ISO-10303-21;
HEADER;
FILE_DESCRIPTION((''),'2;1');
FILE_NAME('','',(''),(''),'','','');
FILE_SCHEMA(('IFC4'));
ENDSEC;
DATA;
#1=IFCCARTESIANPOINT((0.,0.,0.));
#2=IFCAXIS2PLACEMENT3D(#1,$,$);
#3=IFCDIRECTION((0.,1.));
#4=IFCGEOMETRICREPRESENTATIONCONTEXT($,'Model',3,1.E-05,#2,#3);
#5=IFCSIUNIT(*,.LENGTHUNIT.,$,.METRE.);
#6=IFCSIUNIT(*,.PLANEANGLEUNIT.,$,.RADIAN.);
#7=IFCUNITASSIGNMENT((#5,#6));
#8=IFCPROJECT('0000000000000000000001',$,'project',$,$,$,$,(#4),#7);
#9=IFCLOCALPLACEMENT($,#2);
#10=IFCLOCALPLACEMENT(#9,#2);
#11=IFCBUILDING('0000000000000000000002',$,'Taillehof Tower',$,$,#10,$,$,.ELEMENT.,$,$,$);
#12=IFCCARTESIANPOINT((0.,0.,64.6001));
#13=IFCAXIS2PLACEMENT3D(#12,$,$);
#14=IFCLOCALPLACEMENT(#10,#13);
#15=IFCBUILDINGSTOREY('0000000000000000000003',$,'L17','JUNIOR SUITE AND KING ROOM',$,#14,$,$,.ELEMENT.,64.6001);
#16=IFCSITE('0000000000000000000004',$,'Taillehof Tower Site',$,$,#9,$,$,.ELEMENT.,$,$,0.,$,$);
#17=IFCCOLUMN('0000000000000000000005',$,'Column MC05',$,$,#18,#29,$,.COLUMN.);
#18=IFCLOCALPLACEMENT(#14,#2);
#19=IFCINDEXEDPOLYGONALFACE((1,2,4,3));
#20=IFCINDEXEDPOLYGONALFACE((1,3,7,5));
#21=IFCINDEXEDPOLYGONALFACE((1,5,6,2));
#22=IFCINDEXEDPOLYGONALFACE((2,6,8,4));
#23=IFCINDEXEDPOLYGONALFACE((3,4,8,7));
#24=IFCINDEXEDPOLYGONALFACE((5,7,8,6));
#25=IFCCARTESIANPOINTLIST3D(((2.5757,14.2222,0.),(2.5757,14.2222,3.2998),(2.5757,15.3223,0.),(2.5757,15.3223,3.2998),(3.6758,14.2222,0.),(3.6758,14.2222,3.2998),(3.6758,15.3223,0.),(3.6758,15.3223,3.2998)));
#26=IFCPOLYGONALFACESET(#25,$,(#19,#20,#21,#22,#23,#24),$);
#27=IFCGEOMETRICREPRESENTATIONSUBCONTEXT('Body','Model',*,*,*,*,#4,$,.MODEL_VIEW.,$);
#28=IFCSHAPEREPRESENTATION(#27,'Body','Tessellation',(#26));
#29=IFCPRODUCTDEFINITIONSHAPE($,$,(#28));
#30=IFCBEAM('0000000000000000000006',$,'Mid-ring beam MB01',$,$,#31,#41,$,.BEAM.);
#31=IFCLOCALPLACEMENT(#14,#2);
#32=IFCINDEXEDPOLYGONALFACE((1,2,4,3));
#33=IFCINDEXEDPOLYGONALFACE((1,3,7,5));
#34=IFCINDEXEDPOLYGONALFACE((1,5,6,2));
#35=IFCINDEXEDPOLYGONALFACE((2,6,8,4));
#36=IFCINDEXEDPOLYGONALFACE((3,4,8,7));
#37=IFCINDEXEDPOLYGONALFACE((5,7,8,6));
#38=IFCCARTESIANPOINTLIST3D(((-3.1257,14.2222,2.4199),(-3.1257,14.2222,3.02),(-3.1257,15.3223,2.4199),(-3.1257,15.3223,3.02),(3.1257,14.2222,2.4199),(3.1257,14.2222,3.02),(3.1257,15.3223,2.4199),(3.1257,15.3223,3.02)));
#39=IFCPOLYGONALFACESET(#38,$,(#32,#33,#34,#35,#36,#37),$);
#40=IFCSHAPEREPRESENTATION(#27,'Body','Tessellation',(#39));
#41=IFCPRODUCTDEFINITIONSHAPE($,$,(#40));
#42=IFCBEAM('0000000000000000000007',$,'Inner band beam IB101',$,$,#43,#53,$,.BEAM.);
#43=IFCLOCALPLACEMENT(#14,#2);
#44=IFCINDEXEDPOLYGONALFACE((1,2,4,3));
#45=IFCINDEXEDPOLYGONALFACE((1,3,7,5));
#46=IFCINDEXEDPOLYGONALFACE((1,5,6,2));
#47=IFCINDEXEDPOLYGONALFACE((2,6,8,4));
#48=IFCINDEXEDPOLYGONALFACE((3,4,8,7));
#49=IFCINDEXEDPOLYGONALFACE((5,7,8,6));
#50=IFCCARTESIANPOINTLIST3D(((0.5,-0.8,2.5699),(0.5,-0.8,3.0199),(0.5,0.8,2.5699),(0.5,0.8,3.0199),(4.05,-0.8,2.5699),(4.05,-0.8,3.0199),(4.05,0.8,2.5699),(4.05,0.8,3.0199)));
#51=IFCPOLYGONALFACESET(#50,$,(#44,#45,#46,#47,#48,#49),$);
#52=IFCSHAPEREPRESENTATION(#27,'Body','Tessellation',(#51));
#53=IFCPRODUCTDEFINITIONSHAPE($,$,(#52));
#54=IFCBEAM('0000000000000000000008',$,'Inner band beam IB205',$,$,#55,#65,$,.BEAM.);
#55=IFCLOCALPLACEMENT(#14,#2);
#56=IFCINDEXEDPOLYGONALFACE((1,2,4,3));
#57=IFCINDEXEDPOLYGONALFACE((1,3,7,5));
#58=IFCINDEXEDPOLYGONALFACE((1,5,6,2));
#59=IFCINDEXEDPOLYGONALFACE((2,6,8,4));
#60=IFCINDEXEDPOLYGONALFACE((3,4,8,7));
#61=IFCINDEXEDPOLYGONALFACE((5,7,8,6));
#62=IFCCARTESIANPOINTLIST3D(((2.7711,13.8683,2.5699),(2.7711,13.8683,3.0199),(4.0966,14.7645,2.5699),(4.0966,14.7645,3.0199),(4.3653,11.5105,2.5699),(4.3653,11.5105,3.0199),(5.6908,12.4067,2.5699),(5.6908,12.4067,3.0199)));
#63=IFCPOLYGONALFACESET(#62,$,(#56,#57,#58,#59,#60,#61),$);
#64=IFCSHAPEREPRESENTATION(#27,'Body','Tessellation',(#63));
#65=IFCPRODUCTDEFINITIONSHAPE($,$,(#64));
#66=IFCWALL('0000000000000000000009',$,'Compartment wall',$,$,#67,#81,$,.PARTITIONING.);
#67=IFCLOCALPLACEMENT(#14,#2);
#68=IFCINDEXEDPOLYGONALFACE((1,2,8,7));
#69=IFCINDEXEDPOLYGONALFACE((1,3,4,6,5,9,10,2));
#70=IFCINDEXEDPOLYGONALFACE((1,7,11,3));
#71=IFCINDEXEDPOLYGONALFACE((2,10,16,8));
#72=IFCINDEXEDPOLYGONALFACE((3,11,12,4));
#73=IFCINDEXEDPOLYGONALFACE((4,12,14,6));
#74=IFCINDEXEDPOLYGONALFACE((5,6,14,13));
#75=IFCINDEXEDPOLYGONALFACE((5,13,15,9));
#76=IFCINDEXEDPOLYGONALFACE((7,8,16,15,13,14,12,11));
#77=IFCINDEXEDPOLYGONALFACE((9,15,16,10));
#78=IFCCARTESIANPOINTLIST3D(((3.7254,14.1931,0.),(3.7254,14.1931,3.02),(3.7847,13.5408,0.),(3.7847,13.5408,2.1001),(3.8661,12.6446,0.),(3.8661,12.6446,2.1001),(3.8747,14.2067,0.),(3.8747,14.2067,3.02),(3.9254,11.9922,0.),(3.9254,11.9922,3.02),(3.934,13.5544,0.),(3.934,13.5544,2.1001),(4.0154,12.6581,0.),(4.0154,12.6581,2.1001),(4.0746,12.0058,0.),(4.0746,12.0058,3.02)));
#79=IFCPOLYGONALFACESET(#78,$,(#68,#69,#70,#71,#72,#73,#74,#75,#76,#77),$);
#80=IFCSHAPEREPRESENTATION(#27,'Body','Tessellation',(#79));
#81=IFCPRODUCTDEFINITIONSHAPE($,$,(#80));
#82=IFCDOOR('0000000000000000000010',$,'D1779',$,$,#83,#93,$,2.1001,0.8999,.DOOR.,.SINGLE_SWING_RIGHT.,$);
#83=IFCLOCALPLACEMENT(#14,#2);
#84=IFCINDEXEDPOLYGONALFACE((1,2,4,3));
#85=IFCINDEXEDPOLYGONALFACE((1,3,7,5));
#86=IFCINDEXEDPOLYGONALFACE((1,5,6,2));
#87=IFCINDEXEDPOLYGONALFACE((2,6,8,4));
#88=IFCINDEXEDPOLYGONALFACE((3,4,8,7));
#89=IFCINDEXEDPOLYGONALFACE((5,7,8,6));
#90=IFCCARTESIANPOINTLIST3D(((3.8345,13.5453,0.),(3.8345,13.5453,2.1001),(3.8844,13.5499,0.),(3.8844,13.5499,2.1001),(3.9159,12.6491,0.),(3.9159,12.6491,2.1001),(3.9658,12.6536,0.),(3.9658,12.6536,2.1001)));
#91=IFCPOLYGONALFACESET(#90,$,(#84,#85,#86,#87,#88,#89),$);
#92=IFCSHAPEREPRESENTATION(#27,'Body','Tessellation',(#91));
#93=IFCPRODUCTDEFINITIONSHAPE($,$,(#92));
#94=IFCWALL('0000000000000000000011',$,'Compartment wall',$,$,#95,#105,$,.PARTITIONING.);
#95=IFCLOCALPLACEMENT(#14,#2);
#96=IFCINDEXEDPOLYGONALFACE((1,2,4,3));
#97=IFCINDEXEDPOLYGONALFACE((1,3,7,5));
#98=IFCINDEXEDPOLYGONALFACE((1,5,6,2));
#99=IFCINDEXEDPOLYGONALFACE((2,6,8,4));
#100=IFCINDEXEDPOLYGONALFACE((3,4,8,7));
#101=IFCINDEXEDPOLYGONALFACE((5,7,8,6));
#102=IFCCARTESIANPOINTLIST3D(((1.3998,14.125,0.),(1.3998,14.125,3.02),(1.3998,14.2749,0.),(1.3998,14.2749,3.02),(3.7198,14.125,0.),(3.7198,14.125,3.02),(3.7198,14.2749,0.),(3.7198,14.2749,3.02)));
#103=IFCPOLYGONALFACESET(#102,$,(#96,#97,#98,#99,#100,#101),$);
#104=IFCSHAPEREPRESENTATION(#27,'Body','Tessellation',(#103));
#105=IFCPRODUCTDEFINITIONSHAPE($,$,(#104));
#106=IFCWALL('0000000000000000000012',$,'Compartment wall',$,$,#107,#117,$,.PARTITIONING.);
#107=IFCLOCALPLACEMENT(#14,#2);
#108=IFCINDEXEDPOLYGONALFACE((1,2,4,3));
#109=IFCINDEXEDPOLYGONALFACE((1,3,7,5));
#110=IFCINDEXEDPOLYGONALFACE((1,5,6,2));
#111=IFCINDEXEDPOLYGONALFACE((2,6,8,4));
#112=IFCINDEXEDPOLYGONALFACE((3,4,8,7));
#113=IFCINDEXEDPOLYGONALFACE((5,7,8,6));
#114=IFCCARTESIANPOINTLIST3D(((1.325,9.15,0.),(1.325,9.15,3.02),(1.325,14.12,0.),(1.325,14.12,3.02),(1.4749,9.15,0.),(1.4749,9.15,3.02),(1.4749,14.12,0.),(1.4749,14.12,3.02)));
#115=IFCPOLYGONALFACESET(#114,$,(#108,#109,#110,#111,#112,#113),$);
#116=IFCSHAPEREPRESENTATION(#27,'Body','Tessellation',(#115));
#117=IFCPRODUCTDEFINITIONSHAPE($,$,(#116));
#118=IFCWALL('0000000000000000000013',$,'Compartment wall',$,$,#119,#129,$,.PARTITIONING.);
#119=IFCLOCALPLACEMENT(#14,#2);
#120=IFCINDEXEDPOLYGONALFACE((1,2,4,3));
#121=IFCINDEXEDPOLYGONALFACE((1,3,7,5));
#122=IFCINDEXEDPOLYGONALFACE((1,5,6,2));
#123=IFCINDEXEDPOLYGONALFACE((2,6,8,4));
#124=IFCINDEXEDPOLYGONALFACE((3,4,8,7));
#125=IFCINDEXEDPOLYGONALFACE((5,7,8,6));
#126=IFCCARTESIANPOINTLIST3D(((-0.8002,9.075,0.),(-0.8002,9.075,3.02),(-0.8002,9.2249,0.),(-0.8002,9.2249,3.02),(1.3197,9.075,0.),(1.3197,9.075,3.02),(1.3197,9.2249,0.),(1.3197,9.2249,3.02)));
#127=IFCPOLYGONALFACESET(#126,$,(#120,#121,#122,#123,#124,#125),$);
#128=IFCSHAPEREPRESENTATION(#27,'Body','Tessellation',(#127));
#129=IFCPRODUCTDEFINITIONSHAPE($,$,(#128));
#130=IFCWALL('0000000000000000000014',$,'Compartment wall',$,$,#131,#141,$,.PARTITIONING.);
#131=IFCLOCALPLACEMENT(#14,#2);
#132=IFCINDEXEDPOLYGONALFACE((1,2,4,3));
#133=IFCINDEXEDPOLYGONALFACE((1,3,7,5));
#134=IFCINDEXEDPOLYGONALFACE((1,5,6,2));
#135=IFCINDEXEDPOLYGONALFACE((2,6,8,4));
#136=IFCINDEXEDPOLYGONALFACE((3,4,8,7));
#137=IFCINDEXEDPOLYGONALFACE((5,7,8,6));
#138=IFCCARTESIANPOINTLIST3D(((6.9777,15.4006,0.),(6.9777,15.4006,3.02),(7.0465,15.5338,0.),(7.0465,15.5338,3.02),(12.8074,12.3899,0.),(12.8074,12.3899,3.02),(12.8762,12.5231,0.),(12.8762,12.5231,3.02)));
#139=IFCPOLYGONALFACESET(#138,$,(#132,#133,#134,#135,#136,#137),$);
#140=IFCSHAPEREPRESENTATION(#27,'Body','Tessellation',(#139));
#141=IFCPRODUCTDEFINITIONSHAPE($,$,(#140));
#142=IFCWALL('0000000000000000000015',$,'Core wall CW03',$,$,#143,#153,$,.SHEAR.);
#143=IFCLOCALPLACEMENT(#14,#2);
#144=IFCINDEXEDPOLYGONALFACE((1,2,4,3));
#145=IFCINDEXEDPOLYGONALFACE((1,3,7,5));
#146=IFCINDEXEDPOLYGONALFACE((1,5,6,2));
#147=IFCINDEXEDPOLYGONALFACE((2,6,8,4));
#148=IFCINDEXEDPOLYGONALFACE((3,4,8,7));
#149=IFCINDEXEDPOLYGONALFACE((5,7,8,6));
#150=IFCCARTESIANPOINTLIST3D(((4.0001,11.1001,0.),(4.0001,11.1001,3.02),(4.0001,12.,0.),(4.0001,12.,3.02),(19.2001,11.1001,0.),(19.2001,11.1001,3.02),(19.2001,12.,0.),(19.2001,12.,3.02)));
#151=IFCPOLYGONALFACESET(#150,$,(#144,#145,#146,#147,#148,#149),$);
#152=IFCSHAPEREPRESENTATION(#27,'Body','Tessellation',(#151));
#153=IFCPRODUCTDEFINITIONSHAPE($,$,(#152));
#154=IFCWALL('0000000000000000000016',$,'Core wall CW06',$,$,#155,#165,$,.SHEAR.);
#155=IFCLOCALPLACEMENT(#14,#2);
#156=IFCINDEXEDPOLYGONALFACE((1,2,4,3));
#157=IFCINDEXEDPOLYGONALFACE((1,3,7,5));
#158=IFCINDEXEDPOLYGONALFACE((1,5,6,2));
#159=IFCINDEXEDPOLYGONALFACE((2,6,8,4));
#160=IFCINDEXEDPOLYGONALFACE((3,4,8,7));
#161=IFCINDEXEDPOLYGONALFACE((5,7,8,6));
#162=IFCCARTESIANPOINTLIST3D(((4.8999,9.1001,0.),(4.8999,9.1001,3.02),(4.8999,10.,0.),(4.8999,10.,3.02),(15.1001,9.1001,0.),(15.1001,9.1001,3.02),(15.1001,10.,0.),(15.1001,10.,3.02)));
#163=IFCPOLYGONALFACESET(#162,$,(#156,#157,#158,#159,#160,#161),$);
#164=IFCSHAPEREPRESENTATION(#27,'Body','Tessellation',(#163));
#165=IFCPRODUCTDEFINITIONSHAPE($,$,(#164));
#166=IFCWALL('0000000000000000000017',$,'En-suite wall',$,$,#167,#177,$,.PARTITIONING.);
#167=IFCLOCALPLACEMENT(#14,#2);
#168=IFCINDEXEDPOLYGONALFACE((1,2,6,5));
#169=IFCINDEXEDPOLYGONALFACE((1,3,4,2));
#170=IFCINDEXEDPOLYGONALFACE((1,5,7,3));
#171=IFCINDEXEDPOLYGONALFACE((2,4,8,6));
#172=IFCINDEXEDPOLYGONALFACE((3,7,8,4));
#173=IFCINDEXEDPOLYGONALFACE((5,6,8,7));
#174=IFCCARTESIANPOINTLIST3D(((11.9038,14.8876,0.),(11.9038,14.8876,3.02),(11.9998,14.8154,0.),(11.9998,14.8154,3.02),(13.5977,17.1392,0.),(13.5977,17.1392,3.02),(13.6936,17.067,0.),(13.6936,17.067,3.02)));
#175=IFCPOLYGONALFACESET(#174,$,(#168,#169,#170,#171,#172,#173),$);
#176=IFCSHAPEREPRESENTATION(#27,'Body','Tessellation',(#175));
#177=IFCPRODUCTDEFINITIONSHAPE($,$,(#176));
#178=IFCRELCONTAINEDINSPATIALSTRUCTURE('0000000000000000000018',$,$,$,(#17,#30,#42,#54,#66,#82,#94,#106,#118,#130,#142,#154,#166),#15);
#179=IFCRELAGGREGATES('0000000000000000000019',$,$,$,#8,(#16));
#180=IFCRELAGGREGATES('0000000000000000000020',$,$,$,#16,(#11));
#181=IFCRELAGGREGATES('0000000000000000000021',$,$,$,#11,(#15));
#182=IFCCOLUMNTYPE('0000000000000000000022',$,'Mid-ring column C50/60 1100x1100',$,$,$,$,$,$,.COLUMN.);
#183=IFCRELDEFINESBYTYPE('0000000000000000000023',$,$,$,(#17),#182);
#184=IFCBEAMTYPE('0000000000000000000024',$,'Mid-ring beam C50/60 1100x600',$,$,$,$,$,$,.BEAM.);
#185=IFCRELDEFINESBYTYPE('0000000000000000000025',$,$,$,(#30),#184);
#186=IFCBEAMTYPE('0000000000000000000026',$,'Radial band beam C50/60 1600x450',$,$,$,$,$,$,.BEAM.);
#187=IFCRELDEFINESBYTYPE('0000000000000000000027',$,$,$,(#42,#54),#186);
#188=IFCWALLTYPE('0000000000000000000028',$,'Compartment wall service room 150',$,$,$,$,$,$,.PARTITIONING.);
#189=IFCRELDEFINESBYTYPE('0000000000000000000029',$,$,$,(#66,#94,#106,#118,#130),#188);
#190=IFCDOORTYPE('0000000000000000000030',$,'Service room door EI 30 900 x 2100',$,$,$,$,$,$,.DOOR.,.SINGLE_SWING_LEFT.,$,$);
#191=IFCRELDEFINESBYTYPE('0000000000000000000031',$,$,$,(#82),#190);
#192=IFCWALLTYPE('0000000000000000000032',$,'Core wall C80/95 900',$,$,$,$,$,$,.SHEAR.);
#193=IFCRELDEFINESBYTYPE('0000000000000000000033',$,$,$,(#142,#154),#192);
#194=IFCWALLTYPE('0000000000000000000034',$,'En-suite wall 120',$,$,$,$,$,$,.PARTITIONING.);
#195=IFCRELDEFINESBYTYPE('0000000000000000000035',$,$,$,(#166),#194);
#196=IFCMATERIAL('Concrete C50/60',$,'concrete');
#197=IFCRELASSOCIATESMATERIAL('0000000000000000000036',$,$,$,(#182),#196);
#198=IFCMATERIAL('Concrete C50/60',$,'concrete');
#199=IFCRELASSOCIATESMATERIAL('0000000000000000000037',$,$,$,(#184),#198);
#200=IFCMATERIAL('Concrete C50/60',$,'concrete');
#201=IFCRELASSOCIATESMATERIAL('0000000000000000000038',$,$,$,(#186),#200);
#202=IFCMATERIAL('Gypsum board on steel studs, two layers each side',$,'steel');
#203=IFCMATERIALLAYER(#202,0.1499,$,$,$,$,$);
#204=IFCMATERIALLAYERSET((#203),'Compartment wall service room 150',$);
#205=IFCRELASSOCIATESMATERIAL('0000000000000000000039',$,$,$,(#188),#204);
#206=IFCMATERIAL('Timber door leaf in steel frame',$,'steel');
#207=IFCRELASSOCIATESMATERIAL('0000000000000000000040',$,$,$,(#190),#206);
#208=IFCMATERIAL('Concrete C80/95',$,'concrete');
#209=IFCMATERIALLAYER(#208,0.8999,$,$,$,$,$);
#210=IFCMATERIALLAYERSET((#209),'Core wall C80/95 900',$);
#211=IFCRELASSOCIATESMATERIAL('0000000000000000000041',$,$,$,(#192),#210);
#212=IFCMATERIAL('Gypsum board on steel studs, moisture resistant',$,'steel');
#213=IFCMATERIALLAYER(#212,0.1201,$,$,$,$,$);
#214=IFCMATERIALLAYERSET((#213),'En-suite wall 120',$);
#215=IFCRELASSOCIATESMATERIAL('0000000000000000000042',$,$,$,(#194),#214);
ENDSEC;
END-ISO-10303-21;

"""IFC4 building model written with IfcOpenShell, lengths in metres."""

from ifc_helpers import new_model, si_unit, direction, frame, frame_2d, origin, origin_2d, place, context, subcontext, project, spatial, rectangle, extrude, material, layer, layer_set, material_profile, profile_set, type_object, element, fill, save


model = new_model("IFC4")

# Units and contexts
model_context = context("Model", 3, precision=1e-05, world=origin(), true_north=direction((0.0, 1.0)))
body_context = subcontext(model_context, "Body", "Model", "MODEL_VIEW")
ifc_project = project(units=[si_unit("LENGTHUNIT", "METRE"), si_unit("PLANEANGLEUNIT", "RADIAN")], contexts=[model_context])

# Site, building, storey
site_placement = place(None, origin())
site = spatial("IfcSite", under=ifc_project, at=site_placement, Name="Taillehof Tower Site", CompositionType="ELEMENT", RefElevation=0.0)
building_placement = place(site_placement, origin())
building = spatial("IfcBuilding", under=site, at=building_placement, Name="Taillehof Tower", CompositionType="ELEMENT")
storey_placement = place(building_placement, frame((0.0, 0.0, 64.6001)))
storey = spatial("IfcBuildingStorey", under=building, at=storey_placement, Name="L17", Description="JUNIOR SUITE AND KING ROOM", CompositionType="ELEMENT", Elevation=64.6001)

# Column
ifc_material_1 = material(Name="Concrete C50/60", Category="concrete")
ifc_material_profile_1 = material_profile(ifc_material_1, rectangle(XDim=1.1001, YDim=1.1001, at=origin_2d()), Name="RC 1100x1100")
ifc_profile_set_1 = profile_set([ifc_material_profile_1], Name="Concrete C50/60")
column_type = type_object("IfcColumnType", Name="Mid-ring column C50/60 1100x1100", PredefinedType="COLUMN", material=ifc_profile_set_1)
column_placement = place(storey_placement, frame((3.1257, 14.7722, 0.0), z_axis=(0.0, 0.0, 1.0), x_axis=(1.0, 0.0, 0.0)))
element("IfcColumn", 1, at=column_placement, inside=storey, type_object=column_type, Name="Column MC05", PredefinedType="COLUMN", context=body_context, shape_type="SweptSolid", body=[
    extrude(rectangle(XDim=1.1001, YDim=1.1001, at=origin_2d()), origin(), (0.0, 0.0, 1.0), 3.2998),
])

# Beams
ifc_material_2 = material(Name="Concrete C50/60", Category="concrete")
ifc_material_profile_2 = material_profile(ifc_material_2, rectangle(XDim=1.1001, YDim=0.6001, at=origin_2d()), Name="RC 1100x600")
ifc_profile_set_2 = profile_set([ifc_material_profile_2], Name="Concrete C50/60")
beam_type_1 = type_object("IfcBeamType", Name="Mid-ring beam C50/60 1100x600", PredefinedType="BEAM", material=ifc_profile_set_2)
beam_1_placement = place(storey_placement, frame((3.1257, 14.7722, 2.72), z_axis=(-1.0, 0.0, 0.0), x_axis=(0.0, -1.0, 0.0)))
element("IfcBeam", 2, at=beam_1_placement, inside=storey, type_object=beam_type_1, Name="Mid-ring beam MB01", PredefinedType="BEAM", context=body_context, shape_type="SweptSolid", body=[
    extrude(rectangle(XDim=1.1001, YDim=0.6001, at=origin_2d()), origin(), (0.0, 0.0, 1.0), 6.2515),
])
ifc_material_3 = material(Name="Concrete C50/60", Category="concrete")
ifc_material_profile_3 = material_profile(ifc_material_3, rectangle(XDim=1.6001, YDim=0.45, at=origin_2d()), Name="RC 1600x450")
ifc_profile_set_3 = profile_set([ifc_material_profile_3], Name="Concrete C50/60")
beam_type_2 = type_object("IfcBeamType", Name="Radial band beam C50/60 1600x450", PredefinedType="BEAM", material=ifc_profile_set_3)
beam_2_placement = place(storey_placement, frame((0.5, 0.0, 2.7949), z_axis=(1.0, 0.0, 0.0), x_axis=(0.0, 1.0, 0.0)))
element("IfcBeam", 3, at=beam_2_placement, inside=storey, type_object=beam_type_2, Name="Inner band beam IB101", PredefinedType="BEAM", context=body_context, shape_type="SweptSolid", body=[
    extrude(rectangle(XDim=1.6001, YDim=0.45, at=origin_2d()), origin(), (0.0, 0.0, 1.0), 3.55),
])
beam_3_placement = place(storey_placement, frame((3.4338, 14.3164, 2.7949), z_axis=(0.560112, -0.828417, 0.0), x_axis=(0.828417, 0.560112, 0.0)))
element("IfcBeam", 4, at=beam_3_placement, inside=storey, type_object=beam_type_2, Name="Inner band beam IB205", PredefinedType="BEAM", context=body_context, shape_type="SweptSolid", body=[
    extrude(rectangle(XDim=1.6001, YDim=0.45, at=origin_2d()), origin(), (0.0, 0.0, 1.0), 2.8462),
])

# Wall, opening, door
ifc_material_4 = material(Name="Gypsum board on steel studs, two layers each side", Category="steel")
ifc_layer_1 = layer(ifc_material_4, 0.1499)
ifc_layer_set_1 = layer_set([ifc_layer_1], Name="Compartment wall service room 150")
wall_type_1 = type_object("IfcWallType", Name="Compartment wall service room 150", PredefinedType="PARTITIONING", material=ifc_layer_set_1)
wall_1_placement = place(storey_placement, frame((4.0, 11.999, 0.0), z_axis=(0.0, 0.0, 1.0), x_axis=(-0.090476, 0.995899, 0.0)))
wall_1 = element("IfcWall", 5, at=wall_1_placement, inside=storey, type_object=wall_type_1, Name="Compartment wall", PredefinedType="PARTITIONING", context=body_context, shape_type="SweptSolid", body=[
    extrude(rectangle(XDim=2.21, YDim=0.1499, at=frame_2d((1.105, 0.0))), origin(), (0.0, 0.0, 1.0), 3.02),
])
opening_1_placement = place(wall_1_placement, frame((0.655, 0.0, 0.0)))
opening_1 = element("IfcOpeningElement", 6, at=opening_1_placement, cuts=wall_1, PredefinedType="OPENING", context=body_context, shape_type="SweptSolid", body=[
    extrude(rectangle(XDim=0.8999, YDim=2.1001, at=frame_2d((0.45, 1.05))), frame((0.0, 0.085, 0.0), z_axis=(0.0, -1.0, 0.0), x_axis=(1.0, 0.0, 0.0)), (0.0, 0.0, 1.0), 0.1699),
])
ifc_material_5 = material(Name="Timber door leaf in steel frame", Category="steel")
door_type_1 = type_object("IfcDoorType", Name="Service room door EI 30 900 x 2100", OperationType="SINGLE_SWING_LEFT", PredefinedType="DOOR", material=ifc_material_5)
door_1_placement = place(opening_1_placement, origin())
door_1 = element("IfcDoor", 7, at=door_1_placement, inside=storey, type_object=door_type_1, Name="D1779", OperationType="SINGLE_SWING_RIGHT", OverallHeight=2.1001, OverallWidth=0.8999, PredefinedType="DOOR", context=body_context, shape_type="SweptSolid", body=[
    extrude(rectangle(XDim=0.8999, YDim=2.1001, at=frame_2d((0.45, 1.05))), frame((0.0, 0.0249, 0.0), z_axis=(0.0, -1.0, 0.0), x_axis=(1.0, 0.0, 0.0)), (0.0, 0.0, 1.0), 0.05),
])
fill(opening_1, door_1)

# Walls
wall_2_placement = place(storey_placement, frame((3.72, 14.2, 0.0), z_axis=(0.0, 0.0, 1.0), x_axis=(-1.0, 0.0, 0.0)))
element("IfcWall", 8, at=wall_2_placement, inside=storey, type_object=wall_type_1, Name="Compartment wall", PredefinedType="PARTITIONING", context=body_context, shape_type="SweptSolid", body=[
    extrude(rectangle(XDim=2.3201, YDim=0.1499, at=frame_2d((1.1602, 0.0))), origin(), (0.0, 0.0, 1.0), 3.02),
])
wall_3_placement = place(storey_placement, frame((1.3999, 14.1199, 0.0), z_axis=(0.0, 0.0, 1.0), x_axis=(0.0, -1.0, 0.0)))
element("IfcWall", 9, at=wall_3_placement, inside=storey, type_object=wall_type_1, Name="Compartment wall", PredefinedType="PARTITIONING", context=body_context, shape_type="SweptSolid", body=[
    extrude(rectangle(XDim=4.97, YDim=0.1499, at=frame_2d((2.4849, 0.0))), origin(), (0.0, 0.0, 1.0), 3.02),
])
wall_4_placement = place(storey_placement, frame((1.3198, 9.1499, 0.0), z_axis=(0.0, 0.0, 1.0), x_axis=(-1.0, 0.0, 0.0)))
element("IfcWall", 10, at=wall_4_placement, inside=storey, type_object=wall_type_1, Name="Compartment wall", PredefinedType="PARTITIONING", context=body_context, shape_type="SweptSolid", body=[
    extrude(rectangle(XDim=2.1199, YDim=0.1499, at=frame_2d((1.0601, 0.0))), origin(), (0.0, 0.0, 1.0), 3.02),
])
wall_5_placement = place(storey_placement, frame((7.012, 15.4673, 0.0), z_axis=(0.0, 0.0, 1.0), x_axis=(0.888509, -0.458859, 0.0)))
element("IfcWall", 11, at=wall_5_placement, inside=storey, type_object=wall_type_1, Name="Compartment wall", PredefinedType="PARTITIONING", context=body_context, shape_type="SweptSolid", body=[
    extrude(rectangle(XDim=6.5613, YDim=0.1499, at=frame_2d((3.2808, 0.0))), origin(), (0.0, 0.0, 1.0), 3.02),
])
ifc_material_6 = material(Name="Concrete C80/95", Category="concrete")
ifc_layer_2 = layer(ifc_material_6, 0.8999)
ifc_layer_set_2 = layer_set([ifc_layer_2], Name="Core wall C80/95 900")
wall_type_2 = type_object("IfcWallType", Name="Core wall C80/95 900", PredefinedType="SHEAR", material=ifc_layer_set_2)
wall_6_placement = place(storey_placement, frame((4.0, 11.55, 0.0), z_axis=(0.0, 0.0, 1.0), x_axis=(1.0, 0.0, 0.0)))
element("IfcWall", 12, at=wall_6_placement, inside=storey, type_object=wall_type_2, Name="Core wall CW03", PredefinedType="SHEAR", context=body_context, shape_type="SweptSolid", body=[
    extrude(rectangle(XDim=15.2, YDim=0.8999, at=frame_2d((7.6001, 0.0))), origin(), (0.0, 0.0, 1.0), 3.02),
])
wall_7_placement = place(storey_placement, frame((4.8999, 9.55, 0.0), z_axis=(0.0, 0.0, 1.0), x_axis=(1.0, 0.0, 0.0)))
element("IfcWall", 13, at=wall_7_placement, inside=storey, type_object=wall_type_2, Name="Core wall CW06", PredefinedType="SHEAR", context=body_context, shape_type="SweptSolid", body=[
    extrude(rectangle(XDim=10.2002, YDim=0.8999, at=frame_2d((5.1001, 0.0))), origin(), (0.0, 0.0, 1.0), 3.02),
])
ifc_material_7 = material(Name="Gypsum board on steel studs, moisture resistant", Category="steel")
ifc_layer_3 = layer(ifc_material_7, 0.1201)
ifc_layer_set_3 = layer_set([ifc_layer_3], Name="En-suite wall 120")
wall_type_3 = type_object("IfcWallType", Name="En-suite wall 120", PredefinedType="PARTITIONING", material=ifc_layer_set_3)
wall_8_placement = place(storey_placement, frame((11.9519, 14.8516, 0.0), z_axis=(0.0, 0.0, 1.0), x_axis=(0.60115, 0.799136, 0.0)))
element("IfcWall", 14, at=wall_8_placement, inside=storey, type_object=wall_type_3, Name="En-suite wall", PredefinedType="PARTITIONING", context=body_context, shape_type="SweptSolid", body=[
    extrude(rectangle(XDim=2.8176, YDim=0.1201, at=frame_2d((1.4087, 0.0))), origin(), (0.0, 0.0, 1.0), 3.02),
])

save(model, "model.ifc")
